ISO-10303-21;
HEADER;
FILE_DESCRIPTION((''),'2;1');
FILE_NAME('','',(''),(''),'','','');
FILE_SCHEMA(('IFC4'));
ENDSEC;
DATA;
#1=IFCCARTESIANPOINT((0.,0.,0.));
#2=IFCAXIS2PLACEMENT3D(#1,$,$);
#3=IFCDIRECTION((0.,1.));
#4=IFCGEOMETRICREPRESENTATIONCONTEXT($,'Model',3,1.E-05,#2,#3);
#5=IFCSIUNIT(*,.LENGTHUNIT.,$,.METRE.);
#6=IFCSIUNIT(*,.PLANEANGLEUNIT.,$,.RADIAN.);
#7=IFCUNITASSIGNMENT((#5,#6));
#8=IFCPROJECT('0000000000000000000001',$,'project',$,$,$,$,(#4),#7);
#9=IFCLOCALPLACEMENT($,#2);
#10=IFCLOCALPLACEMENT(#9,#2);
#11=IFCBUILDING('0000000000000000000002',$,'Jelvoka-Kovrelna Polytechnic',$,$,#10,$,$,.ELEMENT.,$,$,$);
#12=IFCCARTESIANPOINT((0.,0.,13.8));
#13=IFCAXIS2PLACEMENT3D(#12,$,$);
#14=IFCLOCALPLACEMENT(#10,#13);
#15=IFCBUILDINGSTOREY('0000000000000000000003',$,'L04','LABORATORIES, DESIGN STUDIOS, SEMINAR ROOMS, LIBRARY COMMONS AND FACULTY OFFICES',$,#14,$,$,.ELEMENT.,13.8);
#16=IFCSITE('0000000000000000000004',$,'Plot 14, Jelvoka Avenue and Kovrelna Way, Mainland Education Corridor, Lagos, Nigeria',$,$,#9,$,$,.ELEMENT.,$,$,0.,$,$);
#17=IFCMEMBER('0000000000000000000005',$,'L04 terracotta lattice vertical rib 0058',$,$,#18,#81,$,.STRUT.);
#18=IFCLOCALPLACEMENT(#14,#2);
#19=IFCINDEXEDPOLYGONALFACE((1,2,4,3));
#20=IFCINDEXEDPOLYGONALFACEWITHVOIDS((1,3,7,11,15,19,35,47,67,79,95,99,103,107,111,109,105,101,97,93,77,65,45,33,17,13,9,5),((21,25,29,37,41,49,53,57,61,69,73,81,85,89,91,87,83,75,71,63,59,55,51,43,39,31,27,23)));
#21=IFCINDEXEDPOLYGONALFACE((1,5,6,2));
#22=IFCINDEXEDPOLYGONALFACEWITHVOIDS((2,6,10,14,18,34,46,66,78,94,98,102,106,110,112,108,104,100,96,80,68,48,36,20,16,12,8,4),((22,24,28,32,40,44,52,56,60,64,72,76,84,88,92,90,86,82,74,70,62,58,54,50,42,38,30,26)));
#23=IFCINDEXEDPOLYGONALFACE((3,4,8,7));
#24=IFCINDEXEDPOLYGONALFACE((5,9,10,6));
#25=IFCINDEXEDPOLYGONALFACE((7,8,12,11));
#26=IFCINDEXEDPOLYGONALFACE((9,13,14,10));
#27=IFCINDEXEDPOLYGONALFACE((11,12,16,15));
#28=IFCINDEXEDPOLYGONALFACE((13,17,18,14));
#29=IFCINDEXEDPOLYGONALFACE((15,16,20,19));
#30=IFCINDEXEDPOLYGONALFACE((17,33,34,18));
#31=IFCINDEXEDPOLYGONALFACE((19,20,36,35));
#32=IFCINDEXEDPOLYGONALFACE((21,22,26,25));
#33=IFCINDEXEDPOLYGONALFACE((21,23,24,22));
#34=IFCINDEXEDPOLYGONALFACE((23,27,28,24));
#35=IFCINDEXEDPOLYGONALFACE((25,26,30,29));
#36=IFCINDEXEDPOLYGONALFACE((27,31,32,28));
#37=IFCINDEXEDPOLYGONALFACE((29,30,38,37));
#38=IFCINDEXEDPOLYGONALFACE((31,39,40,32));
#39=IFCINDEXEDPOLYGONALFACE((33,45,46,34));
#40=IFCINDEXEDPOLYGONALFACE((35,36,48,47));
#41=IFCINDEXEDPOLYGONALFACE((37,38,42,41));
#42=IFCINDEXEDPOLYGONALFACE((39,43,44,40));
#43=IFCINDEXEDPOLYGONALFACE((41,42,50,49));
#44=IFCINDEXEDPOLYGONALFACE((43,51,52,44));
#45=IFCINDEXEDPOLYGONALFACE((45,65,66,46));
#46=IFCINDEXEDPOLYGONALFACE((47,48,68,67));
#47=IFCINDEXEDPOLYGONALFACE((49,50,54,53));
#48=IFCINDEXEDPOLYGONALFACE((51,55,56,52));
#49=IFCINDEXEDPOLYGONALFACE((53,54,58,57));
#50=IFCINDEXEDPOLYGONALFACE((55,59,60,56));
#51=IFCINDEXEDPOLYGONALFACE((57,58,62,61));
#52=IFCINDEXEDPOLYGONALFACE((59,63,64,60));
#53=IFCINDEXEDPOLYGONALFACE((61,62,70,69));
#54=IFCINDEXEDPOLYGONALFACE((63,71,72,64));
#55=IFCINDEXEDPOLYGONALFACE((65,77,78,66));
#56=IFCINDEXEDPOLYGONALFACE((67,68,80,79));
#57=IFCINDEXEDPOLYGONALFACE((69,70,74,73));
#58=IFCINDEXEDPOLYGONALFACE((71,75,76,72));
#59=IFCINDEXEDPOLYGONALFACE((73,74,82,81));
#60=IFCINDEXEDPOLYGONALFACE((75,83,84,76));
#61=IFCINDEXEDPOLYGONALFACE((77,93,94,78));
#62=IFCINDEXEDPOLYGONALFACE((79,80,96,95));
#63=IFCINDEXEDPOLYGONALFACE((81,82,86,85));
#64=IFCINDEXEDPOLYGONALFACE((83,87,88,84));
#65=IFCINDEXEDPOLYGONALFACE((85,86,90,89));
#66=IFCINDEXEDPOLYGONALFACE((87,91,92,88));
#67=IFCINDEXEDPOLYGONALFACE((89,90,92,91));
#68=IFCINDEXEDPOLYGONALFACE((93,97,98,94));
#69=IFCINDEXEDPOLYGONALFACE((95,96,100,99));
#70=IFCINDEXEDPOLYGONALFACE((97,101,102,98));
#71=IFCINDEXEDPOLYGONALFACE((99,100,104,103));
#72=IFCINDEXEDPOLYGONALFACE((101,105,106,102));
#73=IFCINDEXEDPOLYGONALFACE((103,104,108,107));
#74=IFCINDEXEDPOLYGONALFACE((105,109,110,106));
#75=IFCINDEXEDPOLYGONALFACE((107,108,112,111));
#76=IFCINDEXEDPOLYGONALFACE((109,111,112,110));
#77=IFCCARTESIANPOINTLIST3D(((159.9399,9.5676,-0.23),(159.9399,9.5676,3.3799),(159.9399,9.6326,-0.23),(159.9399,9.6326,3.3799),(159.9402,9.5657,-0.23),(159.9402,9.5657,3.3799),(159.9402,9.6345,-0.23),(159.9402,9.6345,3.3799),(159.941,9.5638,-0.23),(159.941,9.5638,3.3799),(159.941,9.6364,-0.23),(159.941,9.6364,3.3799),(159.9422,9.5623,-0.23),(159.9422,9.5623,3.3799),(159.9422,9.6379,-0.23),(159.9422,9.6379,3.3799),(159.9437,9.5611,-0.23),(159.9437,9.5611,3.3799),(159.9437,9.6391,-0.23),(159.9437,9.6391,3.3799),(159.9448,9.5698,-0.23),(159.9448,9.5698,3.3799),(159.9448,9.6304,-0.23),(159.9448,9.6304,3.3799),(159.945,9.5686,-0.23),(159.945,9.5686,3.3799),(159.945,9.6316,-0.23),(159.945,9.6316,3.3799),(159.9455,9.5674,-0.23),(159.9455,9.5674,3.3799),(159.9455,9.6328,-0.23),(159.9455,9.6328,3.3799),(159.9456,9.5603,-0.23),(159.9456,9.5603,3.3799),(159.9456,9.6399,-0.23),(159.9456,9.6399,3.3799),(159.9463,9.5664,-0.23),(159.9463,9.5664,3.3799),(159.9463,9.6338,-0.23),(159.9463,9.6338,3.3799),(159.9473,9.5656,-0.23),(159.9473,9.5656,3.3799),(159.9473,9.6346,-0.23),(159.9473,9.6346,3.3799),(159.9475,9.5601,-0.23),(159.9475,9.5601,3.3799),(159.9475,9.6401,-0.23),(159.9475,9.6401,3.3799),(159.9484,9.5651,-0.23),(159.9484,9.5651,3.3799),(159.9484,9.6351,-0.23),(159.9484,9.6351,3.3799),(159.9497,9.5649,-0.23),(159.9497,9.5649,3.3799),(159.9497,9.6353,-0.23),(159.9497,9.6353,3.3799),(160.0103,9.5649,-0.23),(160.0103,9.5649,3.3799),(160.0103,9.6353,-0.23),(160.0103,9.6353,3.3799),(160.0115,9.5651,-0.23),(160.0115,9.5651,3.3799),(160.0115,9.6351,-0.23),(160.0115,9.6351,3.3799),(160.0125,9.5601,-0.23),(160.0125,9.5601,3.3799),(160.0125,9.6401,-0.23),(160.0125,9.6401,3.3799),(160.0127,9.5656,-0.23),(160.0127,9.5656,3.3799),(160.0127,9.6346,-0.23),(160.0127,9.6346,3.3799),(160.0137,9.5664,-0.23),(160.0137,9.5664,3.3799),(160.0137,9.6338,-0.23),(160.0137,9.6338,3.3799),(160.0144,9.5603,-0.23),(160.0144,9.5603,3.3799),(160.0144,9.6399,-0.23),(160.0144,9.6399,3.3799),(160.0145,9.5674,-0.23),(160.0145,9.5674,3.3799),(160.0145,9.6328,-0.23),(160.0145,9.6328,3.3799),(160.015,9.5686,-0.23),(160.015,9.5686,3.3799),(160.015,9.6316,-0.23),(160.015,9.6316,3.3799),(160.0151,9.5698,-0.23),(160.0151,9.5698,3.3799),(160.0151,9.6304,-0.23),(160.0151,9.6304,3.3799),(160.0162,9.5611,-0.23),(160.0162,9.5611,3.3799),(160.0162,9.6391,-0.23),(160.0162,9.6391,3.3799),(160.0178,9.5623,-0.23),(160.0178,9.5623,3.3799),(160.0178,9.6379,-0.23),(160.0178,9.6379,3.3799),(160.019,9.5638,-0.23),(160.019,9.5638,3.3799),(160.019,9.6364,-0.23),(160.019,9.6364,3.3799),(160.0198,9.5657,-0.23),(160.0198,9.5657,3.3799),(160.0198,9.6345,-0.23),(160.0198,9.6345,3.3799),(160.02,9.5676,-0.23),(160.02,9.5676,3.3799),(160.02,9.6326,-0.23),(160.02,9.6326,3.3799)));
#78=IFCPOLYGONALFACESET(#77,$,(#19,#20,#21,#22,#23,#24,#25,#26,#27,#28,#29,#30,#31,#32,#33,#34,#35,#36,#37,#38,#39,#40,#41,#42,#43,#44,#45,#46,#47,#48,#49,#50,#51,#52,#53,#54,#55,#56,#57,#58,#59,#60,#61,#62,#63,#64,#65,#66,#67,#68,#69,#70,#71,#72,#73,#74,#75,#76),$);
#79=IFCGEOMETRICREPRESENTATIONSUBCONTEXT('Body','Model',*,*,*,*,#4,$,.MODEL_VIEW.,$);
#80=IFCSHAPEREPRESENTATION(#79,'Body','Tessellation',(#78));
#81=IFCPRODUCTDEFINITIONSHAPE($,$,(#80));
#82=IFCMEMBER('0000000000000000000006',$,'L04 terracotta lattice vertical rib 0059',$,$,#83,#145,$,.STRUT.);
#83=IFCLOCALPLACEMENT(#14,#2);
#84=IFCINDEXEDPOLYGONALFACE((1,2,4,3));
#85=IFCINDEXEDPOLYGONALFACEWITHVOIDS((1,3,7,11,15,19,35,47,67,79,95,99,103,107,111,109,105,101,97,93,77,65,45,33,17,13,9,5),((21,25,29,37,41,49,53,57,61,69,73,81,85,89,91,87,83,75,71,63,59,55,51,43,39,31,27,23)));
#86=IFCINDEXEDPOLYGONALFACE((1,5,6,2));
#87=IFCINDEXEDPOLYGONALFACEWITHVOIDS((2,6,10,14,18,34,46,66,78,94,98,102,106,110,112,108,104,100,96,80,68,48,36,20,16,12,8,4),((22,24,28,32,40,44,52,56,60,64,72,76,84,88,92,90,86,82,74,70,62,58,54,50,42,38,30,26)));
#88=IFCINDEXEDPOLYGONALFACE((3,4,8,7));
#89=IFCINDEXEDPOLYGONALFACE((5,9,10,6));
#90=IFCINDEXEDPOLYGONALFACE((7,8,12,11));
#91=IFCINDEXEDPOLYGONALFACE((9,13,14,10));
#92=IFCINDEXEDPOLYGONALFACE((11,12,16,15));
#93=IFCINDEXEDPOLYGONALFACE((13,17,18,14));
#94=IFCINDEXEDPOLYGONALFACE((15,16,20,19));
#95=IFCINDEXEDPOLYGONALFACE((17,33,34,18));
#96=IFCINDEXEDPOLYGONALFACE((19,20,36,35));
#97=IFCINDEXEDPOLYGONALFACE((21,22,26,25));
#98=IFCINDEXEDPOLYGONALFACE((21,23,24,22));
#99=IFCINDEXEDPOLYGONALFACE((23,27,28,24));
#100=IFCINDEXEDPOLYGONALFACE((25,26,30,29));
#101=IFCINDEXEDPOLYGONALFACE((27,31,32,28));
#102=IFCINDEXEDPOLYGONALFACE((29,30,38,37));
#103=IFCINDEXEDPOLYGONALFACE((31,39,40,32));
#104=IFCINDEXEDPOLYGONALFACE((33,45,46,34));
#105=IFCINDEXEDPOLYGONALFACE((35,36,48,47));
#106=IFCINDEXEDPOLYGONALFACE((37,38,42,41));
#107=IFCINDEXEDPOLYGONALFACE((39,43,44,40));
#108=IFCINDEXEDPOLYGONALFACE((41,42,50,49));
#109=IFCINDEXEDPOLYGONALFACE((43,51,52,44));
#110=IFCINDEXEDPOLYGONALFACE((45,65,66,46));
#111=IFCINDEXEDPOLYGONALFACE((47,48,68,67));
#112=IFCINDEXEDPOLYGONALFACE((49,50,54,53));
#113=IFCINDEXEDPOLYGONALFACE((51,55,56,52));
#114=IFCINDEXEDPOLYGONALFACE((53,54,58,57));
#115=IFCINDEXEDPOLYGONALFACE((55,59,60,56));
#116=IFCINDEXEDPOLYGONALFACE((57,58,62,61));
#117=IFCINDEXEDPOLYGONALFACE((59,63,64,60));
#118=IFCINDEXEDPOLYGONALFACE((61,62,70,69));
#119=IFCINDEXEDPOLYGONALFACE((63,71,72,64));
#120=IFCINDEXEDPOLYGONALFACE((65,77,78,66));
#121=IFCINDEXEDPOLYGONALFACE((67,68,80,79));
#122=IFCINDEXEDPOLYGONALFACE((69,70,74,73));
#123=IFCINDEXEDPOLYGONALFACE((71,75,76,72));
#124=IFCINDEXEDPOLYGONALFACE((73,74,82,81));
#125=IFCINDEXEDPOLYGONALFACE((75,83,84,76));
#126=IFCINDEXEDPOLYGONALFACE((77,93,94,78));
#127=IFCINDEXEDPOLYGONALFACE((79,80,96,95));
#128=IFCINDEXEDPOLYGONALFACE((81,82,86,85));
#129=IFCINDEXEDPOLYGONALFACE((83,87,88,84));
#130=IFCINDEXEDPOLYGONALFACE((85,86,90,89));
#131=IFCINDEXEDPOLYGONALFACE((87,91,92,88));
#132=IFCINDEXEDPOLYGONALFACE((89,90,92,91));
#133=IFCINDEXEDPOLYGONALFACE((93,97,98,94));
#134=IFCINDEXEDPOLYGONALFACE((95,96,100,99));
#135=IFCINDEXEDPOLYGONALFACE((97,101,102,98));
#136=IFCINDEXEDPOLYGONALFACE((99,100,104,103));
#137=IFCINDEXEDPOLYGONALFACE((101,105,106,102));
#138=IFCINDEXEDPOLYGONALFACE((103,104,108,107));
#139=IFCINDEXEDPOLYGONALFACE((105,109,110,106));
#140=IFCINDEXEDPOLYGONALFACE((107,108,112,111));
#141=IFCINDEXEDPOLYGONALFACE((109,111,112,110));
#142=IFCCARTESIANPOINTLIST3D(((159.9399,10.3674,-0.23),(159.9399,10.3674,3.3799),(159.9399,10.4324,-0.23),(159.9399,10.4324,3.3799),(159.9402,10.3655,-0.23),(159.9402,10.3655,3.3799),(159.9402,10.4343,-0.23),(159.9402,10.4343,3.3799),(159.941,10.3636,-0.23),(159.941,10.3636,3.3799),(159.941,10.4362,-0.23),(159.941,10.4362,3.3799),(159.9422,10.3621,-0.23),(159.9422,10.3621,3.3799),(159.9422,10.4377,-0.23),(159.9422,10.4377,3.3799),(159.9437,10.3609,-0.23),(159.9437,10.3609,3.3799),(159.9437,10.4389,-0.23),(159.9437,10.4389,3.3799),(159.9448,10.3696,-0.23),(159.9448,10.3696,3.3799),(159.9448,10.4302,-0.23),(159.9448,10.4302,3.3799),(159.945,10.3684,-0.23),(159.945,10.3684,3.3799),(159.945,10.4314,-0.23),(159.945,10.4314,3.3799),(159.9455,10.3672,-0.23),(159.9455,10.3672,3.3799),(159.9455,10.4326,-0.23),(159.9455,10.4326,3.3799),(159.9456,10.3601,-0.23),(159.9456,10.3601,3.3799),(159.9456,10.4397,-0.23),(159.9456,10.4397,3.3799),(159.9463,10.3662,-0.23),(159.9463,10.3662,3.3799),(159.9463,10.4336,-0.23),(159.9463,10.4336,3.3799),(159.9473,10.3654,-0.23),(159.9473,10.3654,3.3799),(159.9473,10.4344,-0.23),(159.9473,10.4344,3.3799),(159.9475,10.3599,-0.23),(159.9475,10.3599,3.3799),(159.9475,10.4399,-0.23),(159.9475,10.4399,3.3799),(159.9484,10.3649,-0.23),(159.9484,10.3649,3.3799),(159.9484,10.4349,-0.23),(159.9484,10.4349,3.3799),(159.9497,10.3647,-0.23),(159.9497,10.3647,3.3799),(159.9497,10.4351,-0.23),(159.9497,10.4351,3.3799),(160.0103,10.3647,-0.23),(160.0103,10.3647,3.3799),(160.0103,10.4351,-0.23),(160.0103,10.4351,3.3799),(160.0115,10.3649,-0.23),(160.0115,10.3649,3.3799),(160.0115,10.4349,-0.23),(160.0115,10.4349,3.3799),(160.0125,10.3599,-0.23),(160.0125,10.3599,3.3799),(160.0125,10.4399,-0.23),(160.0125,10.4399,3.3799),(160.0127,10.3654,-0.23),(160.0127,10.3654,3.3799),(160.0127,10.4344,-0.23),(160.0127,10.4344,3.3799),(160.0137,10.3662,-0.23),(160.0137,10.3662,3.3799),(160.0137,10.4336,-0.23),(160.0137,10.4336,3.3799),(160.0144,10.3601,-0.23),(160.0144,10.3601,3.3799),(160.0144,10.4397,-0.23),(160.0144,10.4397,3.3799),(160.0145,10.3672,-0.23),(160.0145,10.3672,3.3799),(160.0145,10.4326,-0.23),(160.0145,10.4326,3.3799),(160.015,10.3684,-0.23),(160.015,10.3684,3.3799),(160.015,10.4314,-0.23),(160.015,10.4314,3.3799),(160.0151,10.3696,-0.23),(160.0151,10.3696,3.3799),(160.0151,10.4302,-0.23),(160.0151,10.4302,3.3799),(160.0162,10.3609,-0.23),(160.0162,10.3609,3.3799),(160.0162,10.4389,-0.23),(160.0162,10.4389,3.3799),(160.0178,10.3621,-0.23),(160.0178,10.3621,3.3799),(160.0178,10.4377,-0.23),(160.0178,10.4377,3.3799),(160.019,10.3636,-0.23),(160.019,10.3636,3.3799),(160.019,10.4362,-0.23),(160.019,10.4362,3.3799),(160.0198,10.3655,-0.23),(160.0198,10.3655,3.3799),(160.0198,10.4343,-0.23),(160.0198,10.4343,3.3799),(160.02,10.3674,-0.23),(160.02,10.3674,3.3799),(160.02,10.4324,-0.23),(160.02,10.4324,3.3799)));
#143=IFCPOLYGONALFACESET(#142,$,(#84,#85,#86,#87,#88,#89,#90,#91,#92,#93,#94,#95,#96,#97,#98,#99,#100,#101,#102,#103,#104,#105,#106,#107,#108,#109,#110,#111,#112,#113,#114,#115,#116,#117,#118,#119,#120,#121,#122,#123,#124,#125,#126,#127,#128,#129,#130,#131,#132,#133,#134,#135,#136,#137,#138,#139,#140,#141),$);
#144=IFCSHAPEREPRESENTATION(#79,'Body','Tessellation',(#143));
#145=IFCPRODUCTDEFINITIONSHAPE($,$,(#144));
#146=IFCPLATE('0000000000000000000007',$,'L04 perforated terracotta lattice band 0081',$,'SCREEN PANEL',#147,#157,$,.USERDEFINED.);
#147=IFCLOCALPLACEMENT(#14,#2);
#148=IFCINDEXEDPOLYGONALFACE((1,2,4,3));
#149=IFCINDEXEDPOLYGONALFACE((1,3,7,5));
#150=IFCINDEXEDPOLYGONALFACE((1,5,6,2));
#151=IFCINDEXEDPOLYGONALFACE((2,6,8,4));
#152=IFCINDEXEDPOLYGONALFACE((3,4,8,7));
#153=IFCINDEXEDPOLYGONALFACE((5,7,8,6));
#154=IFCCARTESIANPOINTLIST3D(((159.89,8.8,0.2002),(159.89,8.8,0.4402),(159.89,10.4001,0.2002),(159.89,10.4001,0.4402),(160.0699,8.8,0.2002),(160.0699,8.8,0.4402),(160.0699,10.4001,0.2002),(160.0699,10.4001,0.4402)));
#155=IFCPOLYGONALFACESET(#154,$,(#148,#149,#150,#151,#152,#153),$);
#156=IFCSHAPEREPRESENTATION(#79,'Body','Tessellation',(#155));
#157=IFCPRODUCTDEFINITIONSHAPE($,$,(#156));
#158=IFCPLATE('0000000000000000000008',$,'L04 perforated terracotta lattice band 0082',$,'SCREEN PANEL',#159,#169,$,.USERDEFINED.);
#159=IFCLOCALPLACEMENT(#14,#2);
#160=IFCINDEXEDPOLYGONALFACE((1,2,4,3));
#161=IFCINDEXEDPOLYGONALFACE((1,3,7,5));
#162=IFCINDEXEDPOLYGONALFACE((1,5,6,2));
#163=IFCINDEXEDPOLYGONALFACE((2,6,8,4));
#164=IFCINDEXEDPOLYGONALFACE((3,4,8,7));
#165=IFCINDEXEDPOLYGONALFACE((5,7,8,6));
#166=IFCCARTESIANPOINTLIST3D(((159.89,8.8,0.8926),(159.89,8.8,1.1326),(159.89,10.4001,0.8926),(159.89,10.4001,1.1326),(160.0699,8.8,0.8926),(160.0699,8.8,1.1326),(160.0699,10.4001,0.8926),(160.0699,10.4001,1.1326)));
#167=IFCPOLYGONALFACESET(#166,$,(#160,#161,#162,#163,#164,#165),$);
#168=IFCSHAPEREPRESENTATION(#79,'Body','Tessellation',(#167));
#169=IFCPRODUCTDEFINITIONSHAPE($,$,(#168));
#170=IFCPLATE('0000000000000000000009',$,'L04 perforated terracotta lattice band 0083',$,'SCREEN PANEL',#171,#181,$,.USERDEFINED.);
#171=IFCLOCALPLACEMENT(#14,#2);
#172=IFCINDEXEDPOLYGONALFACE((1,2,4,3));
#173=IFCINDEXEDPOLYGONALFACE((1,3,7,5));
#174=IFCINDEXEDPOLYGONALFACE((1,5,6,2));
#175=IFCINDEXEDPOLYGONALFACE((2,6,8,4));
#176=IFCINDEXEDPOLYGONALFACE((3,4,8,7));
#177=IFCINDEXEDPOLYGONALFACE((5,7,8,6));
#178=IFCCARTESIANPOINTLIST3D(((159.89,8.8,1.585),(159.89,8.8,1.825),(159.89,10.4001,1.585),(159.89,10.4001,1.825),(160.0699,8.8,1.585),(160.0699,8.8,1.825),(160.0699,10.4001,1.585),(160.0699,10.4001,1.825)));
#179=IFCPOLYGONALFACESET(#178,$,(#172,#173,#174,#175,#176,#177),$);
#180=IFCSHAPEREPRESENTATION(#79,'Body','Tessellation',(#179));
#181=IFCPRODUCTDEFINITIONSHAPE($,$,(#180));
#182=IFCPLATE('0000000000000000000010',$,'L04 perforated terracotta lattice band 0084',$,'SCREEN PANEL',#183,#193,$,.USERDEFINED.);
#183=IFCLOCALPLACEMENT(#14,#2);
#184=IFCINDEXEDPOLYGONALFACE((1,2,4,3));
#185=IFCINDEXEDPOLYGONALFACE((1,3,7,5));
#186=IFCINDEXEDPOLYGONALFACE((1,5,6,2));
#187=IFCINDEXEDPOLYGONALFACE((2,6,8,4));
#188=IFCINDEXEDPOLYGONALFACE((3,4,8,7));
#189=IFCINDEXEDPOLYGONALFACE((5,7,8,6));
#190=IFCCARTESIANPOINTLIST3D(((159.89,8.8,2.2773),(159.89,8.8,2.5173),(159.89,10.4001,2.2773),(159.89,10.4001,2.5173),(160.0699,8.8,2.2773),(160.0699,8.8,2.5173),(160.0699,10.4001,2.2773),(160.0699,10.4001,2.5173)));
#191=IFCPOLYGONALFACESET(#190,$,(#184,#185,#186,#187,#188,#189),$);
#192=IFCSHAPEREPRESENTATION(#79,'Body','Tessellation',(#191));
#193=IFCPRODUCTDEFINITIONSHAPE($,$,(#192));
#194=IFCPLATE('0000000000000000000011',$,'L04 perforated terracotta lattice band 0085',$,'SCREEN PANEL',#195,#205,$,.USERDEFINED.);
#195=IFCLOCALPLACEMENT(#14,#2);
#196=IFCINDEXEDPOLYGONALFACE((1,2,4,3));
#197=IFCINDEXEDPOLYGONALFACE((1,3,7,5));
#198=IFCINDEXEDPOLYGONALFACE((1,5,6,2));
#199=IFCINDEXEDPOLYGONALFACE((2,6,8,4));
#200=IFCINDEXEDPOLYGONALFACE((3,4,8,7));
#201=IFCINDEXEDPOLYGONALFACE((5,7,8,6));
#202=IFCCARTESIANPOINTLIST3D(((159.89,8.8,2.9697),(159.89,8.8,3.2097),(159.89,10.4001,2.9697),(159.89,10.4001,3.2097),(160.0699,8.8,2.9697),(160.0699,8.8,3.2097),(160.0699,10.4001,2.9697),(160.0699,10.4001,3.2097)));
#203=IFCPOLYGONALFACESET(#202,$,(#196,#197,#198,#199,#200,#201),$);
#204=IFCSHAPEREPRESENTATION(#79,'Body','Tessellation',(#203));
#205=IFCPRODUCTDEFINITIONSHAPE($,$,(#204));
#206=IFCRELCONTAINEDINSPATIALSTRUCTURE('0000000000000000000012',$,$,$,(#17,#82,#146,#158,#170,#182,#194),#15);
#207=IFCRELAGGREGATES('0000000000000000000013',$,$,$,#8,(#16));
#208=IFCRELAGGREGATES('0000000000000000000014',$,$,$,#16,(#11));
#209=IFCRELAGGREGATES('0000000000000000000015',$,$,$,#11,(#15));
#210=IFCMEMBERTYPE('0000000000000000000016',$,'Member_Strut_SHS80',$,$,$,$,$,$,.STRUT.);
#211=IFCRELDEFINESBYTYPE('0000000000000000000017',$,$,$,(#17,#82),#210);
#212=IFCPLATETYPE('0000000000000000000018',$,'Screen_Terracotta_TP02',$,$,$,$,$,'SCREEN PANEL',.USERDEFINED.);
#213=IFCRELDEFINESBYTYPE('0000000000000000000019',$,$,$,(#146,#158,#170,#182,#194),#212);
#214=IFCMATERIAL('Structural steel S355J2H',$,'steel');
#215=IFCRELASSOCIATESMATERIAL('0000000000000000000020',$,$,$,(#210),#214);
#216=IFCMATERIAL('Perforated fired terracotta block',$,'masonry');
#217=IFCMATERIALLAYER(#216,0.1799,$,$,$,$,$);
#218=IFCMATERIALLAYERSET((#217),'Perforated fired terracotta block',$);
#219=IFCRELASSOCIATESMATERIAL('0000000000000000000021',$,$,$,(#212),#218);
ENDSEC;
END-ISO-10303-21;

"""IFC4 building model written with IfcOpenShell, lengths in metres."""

from ifc_helpers import new_model, si_unit, direction, frame, origin, origin_2d, place, context, subcontext, project, spatial, rectangle, hollow_rectangle, extrude, material, layer, layer_set, material_profile, profile_set, type_object, element, save


model = new_model("IFC4")

# Units and contexts
model_context = context("Model", 3, precision=1e-05, world=origin(), true_north=direction((0.0, 1.0)))
body_context = subcontext(model_context, "Body", "Model", "MODEL_VIEW")
ifc_project = project(units=[si_unit("LENGTHUNIT", "METRE"), si_unit("PLANEANGLEUNIT", "RADIAN")], contexts=[model_context])

# Site, building, storey
site_placement = place(None, origin())
site = spatial("IfcSite", under=ifc_project, at=site_placement, Name="Plot 14, Jelvoka Avenue and Kovrelna Way, Mainland Education Corridor, Lagos, Nigeria", CompositionType="ELEMENT", RefElevation=0.0)
building_placement = place(site_placement, origin())
building = spatial("IfcBuilding", under=site, at=building_placement, Name="Jelvoka-Kovrelna Polytechnic", CompositionType="ELEMENT")
storey_placement = place(building_placement, frame((0.0, 0.0, 13.8)))
storey = spatial("IfcBuildingStorey", under=building, at=storey_placement, Name="L04", Description="LABORATORIES, DESIGN STUDIOS, SEMINAR ROOMS, LIBRARY COMMONS AND FACULTY OFFICES", CompositionType="ELEMENT", Elevation=13.8)

# Members
ifc_material_1 = material(Name="Structural steel S355J2H", Category="steel")
ifc_material_profile_1 = material_profile(ifc_material_1, hollow_rectangle(XDim=0.0801, YDim=0.0801, WallThickness=0.0049, InnerFilletRadius=0.0049, OuterFilletRadius=0.0076, at=origin_2d()), Name="80x80x5.0 SHS")
ifc_profile_set_1 = profile_set([ifc_material_profile_1], Name="Structural steel S355J2H")
member_type_1 = type_object("IfcMemberType", Name="Member_Strut_SHS80", PredefinedType="STRUT", material=ifc_profile_set_1)
for number, where, z_axis, x_axis, name in (
    (1, (159.98, 9.6001, -0.23), (0.0, 0.0, 1.0), (1.0, 0.0, 0.0), "L04 terracotta lattice vertical rib 0058"),
    (2, (159.98, 10.3999, -0.23), (0.0, 0.0, 1.0), (1.0, 0.0, 0.0), "L04 terracotta lattice vertical rib 0059"),
):
    element("IfcMember", number, at=place(storey_placement, frame(where, z_axis=z_axis, x_axis=x_axis)), inside=storey, type_object=member_type_1, Name=name, PredefinedType="STRUT", context=body_context, shape_type="SweptSolid", body=[
        extrude(hollow_rectangle(XDim=0.0801, YDim=0.0801, WallThickness=0.0049, InnerFilletRadius=0.0049, OuterFilletRadius=0.0076, at=origin_2d()), origin(), (0.0, 0.0, 1.0), 3.6099),
    ])

# Plates
ifc_material_2 = material(Name="Perforated fired terracotta block", Category="masonry")
ifc_layer_1 = layer(ifc_material_2, 0.1799)
ifc_layer_set_1 = layer_set([ifc_layer_1], Name="Perforated fired terracotta block")
plate_type = type_object("IfcPlateType", Name="Screen_Terracotta_TP02", ElementType="SCREEN PANEL", PredefinedType="USERDEFINED", material=ifc_layer_set_1)
for number, where, z_axis, x_axis, name in (
    (3, (159.98, 9.6001, 0.2002), (0.0, 0.0, 1.0), (0.0, 1.0, 0.0), "L04 perforated terracotta lattice band 0081"),
    (4, (159.98, 9.6001, 0.8926), (0.0, 0.0, 1.0), (0.0, 1.0, 0.0), "L04 perforated terracotta lattice band 0082"),
    (5, (159.98, 9.6001, 1.585), (0.0, 0.0, 1.0), (0.0, 1.0, 0.0), "L04 perforated terracotta lattice band 0083"),
    (6, (159.98, 9.6001, 2.2773), (0.0, 0.0, 1.0), (0.0, 1.0, 0.0), "L04 perforated terracotta lattice band 0084"),
    (7, (159.98, 9.6001, 2.9697), (0.0, 0.0, 1.0), (0.0, 1.0, 0.0), "L04 perforated terracotta lattice band 0085"),
):
    element("IfcPlate", number, at=place(storey_placement, frame(where, z_axis=z_axis, x_axis=x_axis)), inside=storey, type_object=plate_type, Name=name, ObjectType="SCREEN PANEL", PredefinedType="USERDEFINED", context=body_context, shape_type="SweptSolid", body=[
        extrude(rectangle(XDim=1.6001, YDim=0.1799, at=origin_2d()), origin(), (0.0, 0.0, 1.0), 0.24),
    ])

save(model, "model.ifc")
